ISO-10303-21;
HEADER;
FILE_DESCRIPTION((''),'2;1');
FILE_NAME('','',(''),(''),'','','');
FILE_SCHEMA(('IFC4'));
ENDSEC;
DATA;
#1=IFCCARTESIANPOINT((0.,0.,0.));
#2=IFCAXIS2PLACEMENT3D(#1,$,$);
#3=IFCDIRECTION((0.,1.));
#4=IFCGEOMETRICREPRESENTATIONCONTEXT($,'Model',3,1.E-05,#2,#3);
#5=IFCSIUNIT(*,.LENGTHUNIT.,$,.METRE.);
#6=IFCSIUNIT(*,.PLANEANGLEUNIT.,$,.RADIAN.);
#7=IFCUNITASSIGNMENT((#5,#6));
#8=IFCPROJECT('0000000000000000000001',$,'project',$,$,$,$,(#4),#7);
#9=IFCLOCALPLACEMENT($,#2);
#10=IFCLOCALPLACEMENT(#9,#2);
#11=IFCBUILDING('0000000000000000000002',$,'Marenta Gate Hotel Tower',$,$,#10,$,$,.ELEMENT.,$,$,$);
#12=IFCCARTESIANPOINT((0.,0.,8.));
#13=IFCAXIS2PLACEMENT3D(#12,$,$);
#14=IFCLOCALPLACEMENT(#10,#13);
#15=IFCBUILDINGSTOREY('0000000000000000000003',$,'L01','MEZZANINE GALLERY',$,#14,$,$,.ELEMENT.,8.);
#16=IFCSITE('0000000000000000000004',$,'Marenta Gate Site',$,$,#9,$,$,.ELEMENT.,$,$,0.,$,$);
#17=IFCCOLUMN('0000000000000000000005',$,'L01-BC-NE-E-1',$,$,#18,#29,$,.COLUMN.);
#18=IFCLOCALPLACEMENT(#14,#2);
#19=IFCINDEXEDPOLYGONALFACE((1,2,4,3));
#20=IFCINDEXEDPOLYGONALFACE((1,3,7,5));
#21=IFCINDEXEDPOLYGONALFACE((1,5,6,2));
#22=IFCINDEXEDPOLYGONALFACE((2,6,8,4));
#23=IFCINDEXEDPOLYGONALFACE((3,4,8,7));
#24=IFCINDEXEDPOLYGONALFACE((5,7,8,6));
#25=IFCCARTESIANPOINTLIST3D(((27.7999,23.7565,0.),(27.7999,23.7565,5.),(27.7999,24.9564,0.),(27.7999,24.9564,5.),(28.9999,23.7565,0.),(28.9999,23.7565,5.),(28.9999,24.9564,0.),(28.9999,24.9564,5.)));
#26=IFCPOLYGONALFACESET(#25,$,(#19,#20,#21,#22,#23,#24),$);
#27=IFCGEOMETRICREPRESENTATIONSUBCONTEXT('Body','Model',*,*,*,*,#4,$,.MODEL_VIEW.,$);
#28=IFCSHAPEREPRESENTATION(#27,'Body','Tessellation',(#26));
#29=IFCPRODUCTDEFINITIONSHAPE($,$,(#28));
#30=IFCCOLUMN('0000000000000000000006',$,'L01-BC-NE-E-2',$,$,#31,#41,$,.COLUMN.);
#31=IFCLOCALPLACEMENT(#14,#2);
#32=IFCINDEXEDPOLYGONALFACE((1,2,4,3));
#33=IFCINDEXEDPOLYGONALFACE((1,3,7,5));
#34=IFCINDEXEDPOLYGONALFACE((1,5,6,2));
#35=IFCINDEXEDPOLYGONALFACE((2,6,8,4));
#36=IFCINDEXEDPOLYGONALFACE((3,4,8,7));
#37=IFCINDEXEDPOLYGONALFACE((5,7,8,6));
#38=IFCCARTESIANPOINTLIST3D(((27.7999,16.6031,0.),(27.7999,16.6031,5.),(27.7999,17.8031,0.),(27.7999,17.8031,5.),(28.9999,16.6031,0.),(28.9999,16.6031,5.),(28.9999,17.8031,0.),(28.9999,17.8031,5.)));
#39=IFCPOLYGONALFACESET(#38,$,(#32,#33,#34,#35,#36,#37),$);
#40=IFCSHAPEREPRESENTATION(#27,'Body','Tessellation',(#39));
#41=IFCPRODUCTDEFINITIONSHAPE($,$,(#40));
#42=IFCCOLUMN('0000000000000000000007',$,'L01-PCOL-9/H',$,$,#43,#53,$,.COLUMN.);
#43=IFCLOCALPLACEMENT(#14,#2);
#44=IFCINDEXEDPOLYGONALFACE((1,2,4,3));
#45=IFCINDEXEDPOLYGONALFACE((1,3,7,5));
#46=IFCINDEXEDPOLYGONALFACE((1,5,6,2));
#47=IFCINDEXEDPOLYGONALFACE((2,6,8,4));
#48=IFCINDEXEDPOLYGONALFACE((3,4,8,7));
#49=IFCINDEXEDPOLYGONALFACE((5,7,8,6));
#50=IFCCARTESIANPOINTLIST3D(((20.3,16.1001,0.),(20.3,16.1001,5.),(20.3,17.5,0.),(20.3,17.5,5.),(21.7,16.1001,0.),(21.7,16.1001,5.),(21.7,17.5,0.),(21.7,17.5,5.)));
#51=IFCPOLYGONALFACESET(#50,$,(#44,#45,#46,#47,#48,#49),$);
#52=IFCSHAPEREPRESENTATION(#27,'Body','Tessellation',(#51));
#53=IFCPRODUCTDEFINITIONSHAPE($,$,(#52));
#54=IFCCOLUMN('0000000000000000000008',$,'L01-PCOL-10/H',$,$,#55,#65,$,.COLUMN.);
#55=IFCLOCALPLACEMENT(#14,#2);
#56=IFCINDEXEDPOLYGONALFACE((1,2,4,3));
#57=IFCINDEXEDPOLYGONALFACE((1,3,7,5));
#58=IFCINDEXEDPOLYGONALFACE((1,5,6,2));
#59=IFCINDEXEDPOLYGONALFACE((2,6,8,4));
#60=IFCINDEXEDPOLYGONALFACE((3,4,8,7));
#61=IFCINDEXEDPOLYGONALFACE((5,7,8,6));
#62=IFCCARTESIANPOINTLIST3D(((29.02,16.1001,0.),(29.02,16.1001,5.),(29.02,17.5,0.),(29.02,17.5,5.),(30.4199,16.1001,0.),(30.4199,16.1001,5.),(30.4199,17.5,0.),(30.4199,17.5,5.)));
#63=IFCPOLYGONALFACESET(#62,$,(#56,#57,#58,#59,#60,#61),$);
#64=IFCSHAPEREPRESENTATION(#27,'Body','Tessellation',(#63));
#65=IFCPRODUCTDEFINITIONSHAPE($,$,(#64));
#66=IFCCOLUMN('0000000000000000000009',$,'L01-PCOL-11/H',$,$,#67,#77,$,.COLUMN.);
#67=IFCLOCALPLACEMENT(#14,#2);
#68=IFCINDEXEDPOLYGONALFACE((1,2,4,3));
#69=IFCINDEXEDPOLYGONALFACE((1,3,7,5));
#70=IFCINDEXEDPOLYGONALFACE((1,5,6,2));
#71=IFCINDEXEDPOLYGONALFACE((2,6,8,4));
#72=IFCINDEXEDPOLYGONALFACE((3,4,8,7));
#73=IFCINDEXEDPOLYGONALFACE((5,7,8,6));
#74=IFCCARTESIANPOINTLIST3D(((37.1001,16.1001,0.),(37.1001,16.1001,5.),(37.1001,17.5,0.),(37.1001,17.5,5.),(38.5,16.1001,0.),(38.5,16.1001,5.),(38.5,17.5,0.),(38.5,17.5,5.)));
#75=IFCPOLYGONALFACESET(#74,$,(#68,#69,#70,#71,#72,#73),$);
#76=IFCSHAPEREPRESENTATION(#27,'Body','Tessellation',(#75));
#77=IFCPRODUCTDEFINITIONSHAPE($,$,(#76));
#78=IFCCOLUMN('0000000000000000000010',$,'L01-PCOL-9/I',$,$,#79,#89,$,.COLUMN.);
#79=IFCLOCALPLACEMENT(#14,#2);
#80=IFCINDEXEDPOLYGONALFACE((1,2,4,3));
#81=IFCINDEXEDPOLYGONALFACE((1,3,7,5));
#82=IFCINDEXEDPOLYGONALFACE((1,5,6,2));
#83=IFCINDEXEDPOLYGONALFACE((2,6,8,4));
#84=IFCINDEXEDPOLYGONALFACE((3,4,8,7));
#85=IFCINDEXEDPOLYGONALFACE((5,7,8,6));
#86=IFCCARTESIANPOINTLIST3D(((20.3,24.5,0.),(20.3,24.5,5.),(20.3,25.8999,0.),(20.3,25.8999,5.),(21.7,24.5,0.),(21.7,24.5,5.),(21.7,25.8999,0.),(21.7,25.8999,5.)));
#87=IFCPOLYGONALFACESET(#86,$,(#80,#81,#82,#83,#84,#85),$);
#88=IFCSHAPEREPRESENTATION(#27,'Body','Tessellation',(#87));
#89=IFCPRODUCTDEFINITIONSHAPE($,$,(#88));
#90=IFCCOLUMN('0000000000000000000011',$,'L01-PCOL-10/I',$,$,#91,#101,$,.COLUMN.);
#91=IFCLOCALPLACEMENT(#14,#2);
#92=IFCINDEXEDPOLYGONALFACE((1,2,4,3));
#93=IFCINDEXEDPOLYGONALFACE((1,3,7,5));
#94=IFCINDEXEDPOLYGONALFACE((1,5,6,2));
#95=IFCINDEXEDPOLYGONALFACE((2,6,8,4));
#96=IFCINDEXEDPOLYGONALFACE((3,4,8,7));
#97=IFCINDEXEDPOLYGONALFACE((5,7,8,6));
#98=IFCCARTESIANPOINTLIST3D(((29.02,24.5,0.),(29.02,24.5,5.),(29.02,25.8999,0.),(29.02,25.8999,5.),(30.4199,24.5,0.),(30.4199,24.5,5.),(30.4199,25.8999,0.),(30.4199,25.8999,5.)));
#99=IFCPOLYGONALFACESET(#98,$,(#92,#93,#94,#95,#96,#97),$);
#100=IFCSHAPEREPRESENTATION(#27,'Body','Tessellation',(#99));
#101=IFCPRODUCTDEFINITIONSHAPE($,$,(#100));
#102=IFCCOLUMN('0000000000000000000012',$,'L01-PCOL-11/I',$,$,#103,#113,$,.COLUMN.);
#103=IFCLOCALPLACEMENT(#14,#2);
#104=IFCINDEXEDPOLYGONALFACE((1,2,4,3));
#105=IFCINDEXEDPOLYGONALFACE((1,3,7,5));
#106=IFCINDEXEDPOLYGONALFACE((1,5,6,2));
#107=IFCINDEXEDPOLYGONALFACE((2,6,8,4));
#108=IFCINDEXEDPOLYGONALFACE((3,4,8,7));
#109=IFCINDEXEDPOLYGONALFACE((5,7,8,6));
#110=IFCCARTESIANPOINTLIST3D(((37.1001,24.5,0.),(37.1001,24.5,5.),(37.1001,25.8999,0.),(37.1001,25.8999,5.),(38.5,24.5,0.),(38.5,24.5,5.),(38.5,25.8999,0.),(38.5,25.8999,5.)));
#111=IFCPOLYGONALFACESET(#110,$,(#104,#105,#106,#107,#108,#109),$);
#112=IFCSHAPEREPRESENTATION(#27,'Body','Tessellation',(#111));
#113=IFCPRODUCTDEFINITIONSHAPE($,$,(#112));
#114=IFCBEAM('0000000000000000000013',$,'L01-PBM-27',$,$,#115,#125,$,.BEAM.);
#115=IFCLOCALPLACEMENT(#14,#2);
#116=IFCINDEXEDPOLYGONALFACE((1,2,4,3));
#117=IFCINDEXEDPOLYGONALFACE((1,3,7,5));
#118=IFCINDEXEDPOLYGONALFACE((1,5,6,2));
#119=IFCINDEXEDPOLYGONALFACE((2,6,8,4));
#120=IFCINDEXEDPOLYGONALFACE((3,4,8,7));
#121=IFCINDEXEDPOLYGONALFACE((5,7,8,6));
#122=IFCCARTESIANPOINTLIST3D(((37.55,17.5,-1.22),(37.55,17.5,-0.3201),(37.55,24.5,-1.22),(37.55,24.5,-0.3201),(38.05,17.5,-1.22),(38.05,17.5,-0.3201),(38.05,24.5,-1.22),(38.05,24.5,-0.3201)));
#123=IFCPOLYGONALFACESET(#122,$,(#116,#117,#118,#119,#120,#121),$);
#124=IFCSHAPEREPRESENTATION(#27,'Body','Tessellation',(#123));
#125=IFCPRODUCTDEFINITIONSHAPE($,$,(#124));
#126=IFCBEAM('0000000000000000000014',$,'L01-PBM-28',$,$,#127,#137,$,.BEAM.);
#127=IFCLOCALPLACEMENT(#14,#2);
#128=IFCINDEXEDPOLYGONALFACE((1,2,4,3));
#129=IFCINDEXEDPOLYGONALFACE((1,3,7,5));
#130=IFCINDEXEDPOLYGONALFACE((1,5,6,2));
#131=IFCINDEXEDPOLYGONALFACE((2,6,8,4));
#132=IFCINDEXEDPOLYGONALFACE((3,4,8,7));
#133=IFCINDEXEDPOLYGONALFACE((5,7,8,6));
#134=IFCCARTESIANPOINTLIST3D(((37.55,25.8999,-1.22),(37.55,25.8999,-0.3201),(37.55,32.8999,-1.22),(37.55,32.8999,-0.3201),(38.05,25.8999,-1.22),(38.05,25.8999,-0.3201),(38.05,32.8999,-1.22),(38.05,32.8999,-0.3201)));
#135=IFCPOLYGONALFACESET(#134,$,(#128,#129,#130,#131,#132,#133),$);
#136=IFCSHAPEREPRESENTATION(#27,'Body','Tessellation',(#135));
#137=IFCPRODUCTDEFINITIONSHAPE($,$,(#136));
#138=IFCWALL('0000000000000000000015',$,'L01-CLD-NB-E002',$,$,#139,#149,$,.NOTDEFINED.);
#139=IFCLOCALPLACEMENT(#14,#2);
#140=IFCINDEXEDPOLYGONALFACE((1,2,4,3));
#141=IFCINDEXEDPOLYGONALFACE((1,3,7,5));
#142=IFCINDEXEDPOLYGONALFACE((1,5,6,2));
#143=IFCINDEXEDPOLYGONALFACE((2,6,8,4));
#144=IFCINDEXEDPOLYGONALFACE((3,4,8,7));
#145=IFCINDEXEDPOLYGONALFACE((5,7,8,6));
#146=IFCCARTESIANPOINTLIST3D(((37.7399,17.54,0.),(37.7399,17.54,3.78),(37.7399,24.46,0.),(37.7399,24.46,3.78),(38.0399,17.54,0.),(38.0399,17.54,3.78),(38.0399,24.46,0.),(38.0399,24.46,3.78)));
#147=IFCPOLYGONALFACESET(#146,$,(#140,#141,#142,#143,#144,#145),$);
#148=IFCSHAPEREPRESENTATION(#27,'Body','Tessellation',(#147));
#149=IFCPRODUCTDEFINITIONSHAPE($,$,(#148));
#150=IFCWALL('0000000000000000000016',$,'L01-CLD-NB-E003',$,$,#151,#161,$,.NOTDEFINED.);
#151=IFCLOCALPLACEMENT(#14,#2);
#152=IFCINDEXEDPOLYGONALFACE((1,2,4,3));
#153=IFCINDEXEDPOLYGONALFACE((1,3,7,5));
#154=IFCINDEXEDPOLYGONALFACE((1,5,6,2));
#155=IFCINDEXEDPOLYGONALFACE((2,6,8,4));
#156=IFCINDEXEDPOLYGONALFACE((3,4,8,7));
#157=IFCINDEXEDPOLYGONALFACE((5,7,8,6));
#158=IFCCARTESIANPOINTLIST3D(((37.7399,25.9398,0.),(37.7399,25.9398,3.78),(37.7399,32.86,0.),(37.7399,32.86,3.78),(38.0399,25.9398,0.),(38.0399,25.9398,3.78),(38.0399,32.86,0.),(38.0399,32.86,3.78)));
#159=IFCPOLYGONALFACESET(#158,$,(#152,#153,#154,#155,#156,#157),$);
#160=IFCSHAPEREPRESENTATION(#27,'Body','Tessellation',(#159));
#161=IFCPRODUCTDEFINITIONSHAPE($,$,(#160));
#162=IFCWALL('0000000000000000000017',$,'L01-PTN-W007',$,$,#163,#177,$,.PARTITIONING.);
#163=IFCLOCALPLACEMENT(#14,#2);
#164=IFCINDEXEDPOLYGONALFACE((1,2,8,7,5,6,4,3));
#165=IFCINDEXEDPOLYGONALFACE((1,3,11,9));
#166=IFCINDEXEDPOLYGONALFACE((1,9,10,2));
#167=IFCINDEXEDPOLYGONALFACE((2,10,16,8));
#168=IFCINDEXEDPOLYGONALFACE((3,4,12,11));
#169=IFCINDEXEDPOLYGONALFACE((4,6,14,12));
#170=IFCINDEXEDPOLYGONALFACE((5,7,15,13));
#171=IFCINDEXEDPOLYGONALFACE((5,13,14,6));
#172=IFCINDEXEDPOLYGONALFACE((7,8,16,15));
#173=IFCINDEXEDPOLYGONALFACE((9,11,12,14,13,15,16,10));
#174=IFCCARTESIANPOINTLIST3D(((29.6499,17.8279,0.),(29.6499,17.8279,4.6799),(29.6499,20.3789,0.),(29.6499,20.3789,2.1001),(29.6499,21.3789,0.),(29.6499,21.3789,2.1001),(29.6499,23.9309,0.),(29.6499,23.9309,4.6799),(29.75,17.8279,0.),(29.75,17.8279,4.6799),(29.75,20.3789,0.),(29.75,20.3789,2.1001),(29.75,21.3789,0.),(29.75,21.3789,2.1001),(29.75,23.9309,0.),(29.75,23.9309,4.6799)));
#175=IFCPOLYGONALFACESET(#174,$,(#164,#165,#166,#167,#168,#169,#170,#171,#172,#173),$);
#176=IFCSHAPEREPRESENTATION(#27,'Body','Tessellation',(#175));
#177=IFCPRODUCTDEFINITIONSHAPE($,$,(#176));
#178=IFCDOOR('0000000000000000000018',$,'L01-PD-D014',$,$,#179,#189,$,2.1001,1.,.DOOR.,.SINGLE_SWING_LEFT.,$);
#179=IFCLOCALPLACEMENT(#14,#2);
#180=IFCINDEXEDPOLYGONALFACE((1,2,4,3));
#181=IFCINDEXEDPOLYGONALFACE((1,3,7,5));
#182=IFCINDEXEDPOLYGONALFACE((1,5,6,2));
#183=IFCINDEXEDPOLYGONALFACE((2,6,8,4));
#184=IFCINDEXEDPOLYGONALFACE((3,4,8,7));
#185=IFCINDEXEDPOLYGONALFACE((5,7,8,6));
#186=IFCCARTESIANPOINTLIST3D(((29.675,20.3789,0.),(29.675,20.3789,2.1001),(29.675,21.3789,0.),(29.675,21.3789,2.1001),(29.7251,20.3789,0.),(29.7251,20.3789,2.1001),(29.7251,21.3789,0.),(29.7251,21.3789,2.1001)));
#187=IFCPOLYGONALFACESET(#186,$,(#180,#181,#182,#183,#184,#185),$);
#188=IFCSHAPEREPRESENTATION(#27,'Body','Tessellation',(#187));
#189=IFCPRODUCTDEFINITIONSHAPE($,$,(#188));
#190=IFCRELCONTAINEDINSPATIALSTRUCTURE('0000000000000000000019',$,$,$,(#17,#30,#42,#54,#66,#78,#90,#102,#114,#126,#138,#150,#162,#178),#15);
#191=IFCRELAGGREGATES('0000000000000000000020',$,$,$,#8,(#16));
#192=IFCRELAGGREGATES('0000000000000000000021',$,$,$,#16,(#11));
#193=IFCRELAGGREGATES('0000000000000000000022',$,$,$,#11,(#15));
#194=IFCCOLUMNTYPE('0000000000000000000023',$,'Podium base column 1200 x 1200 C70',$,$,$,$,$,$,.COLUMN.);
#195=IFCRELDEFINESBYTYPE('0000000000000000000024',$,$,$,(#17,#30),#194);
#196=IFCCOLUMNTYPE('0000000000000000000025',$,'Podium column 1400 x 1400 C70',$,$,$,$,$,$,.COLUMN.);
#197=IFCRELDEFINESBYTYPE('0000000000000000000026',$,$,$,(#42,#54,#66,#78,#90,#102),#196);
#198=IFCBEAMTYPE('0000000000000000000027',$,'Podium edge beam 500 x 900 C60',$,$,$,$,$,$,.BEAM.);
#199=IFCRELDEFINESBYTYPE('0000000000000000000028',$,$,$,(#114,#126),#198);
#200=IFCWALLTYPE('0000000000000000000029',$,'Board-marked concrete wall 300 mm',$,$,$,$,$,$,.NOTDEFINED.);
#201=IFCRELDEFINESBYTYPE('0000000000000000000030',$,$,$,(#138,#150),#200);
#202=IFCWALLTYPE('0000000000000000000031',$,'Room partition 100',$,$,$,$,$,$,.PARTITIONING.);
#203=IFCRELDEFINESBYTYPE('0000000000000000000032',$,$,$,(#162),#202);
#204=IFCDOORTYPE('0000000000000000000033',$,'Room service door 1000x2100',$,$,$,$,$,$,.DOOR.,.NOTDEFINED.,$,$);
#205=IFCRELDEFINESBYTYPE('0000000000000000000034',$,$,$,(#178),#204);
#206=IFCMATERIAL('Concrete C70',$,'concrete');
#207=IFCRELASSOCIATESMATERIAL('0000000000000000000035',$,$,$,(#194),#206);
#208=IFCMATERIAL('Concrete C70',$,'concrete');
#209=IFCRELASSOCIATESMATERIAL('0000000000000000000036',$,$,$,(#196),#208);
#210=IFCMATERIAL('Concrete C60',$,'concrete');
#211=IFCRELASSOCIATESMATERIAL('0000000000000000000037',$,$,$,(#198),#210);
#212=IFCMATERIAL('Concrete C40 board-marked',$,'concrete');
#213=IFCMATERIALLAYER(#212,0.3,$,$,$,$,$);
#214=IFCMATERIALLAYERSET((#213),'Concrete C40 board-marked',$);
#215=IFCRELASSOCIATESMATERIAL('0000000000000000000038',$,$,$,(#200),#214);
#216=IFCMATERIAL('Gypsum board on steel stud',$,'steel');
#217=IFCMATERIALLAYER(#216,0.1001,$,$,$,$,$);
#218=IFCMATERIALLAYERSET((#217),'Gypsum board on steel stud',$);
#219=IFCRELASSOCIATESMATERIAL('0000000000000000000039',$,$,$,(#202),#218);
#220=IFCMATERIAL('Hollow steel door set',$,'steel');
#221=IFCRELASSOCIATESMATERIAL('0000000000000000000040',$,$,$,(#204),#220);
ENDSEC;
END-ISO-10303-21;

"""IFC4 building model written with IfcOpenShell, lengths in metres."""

from ifc_helpers import new_model, si_unit, direction, frame, frame_2d, origin, origin_2d, place, context, subcontext, project, spatial, rectangle, extrude, material, layer, layer_set, material_profile, profile_set, type_object, element, fill, save


model = new_model("IFC4")

# Units and contexts
model_context = context("Model", 3, precision=1e-05, world=origin(), true_north=direction((0.0, 1.0)))
body_context = subcontext(model_context, "Body", "Model", "MODEL_VIEW")
ifc_project = project(units=[si_unit("LENGTHUNIT", "METRE"), si_unit("PLANEANGLEUNIT", "RADIAN")], contexts=[model_context])

# Site, building, storey
site_placement = place(None, origin())
site = spatial("IfcSite", under=ifc_project, at=site_placement, Name="Marenta Gate Site", CompositionType="ELEMENT", RefElevation=0.0)
building_placement = place(site_placement, origin())
building = spatial("IfcBuilding", under=site, at=building_placement, Name="Marenta Gate Hotel Tower", CompositionType="ELEMENT")
storey_placement = place(building_placement, frame((0.0, 0.0, 8.0)))
storey = spatial("IfcBuildingStorey", under=building, at=storey_placement, Name="L01", Description="MEZZANINE GALLERY", CompositionType="ELEMENT", Elevation=8.0)

# Columns
ifc_material_1 = material(Name="Concrete C70", Category="concrete")
ifc_material_profile_1 = material_profile(ifc_material_1, rectangle(XDim=1.2, YDim=1.2, at=origin_2d()), Name="1200 x 1200")
ifc_profile_set_1 = profile_set([ifc_material_profile_1], Name="Concrete C70")
column_type_1 = type_object("IfcColumnType", Name="Podium base column 1200 x 1200 C70", PredefinedType="COLUMN", material=ifc_profile_set_1)
for number, where, z_axis, x_axis, name in (
    (1, (28.3999, 24.3564, 0.0), (0.0, 0.0, 1.0), (1.0, 0.0, 0.0), "L01-BC-NE-E-1"),
    (2, (28.3999, 17.2031, 0.0), (0.0, 0.0, 1.0), (1.0, 0.0, 0.0), "L01-BC-NE-E-2"),
):
    element("IfcColumn", number, at=place(storey_placement, frame(where, z_axis=z_axis, x_axis=x_axis)), inside=storey, type_object=column_type_1, Name=name, PredefinedType="COLUMN", context=body_context, shape_type="SweptSolid", body=[
        extrude(rectangle(XDim=1.2, YDim=1.2, at=origin_2d()), origin(), (0.0, 0.0, 1.0), 5.0),
    ])
ifc_material_2 = material(Name="Concrete C70", Category="concrete")
ifc_material_profile_2 = material_profile(ifc_material_2, rectangle(XDim=1.3999, YDim=1.3999, at=origin_2d()), Name="1400 x 1400")
ifc_profile_set_2 = profile_set([ifc_material_profile_2], Name="Concrete C70")
column_type_2 = type_object("IfcColumnType", Name="Podium column 1400 x 1400 C70", PredefinedType="COLUMN", material=ifc_profile_set_2)
for number, where, z_axis, x_axis, name in (
    (3, (21.0, 16.8, 0.0), (0.0, 0.0, 1.0), (1.0, 0.0, 0.0), "L01-PCOL-9/H"),
    (4, (29.72, 16.8, 0.0), (0.0, 0.0, 1.0), (1.0, 0.0, 0.0), "L01-PCOL-10/H"),
    (5, (37.8, 16.8, 0.0), (0.0, 0.0, 1.0), (1.0, 0.0, 0.0), "L01-PCOL-11/H"),
    (6, (21.0, 25.2, 0.0), (0.0, 0.0, 1.0), (1.0, 0.0, 0.0), "L01-PCOL-9/I"),
    (7, (29.72, 25.2, 0.0), (0.0, 0.0, 1.0), (1.0, 0.0, 0.0), "L01-PCOL-10/I"),
    (8, (37.8, 25.2, 0.0), (0.0, 0.0, 1.0), (1.0, 0.0, 0.0), "L01-PCOL-11/I"),
):
    element("IfcColumn", number, at=place(storey_placement, frame(where, z_axis=z_axis, x_axis=x_axis)), inside=storey, type_object=column_type_2, Name=name, PredefinedType="COLUMN", context=body_context, shape_type="SweptSolid", body=[
        extrude(rectangle(XDim=1.3999, YDim=1.3999, at=origin_2d()), origin(), (0.0, 0.0, 1.0), 5.0),
    ])

# Beams
ifc_material_3 = material(Name="Concrete C60", Category="concrete")
ifc_material_profile_3 = material_profile(ifc_material_3, rectangle(XDim=0.5, YDim=0.8999, at=origin_2d()), Name="500 x 900")
ifc_profile_set_3 = profile_set([ifc_material_profile_3], Name="Concrete C60")
beam_type = type_object("IfcBeamType", Name="Podium edge beam 500 x 900 C60", PredefinedType="BEAM", material=ifc_profile_set_3)
for number, where, z_axis, x_axis, name in (
    (9, (37.8, 17.5, -0.77), (0.0, 1.0, 0.0), (-1.0, 0.0, 0.0), "L01-PBM-27"),
    (10, (37.8, 25.8999, -0.77), (0.0, 1.0, 0.0), (-1.0, 0.0, 0.0), "L01-PBM-28"),
):
    element("IfcBeam", number, at=place(storey_placement, frame(where, z_axis=z_axis, x_axis=x_axis)), inside=storey, type_object=beam_type, Name=name, PredefinedType="BEAM", context=body_context, shape_type="SweptSolid", body=[
        extrude(rectangle(XDim=0.5, YDim=0.8999, at=origin_2d()), origin(), (0.0, 0.0, 1.0), 7.0),
    ])

# Walls
ifc_material_4 = material(Name="Concrete C40 board-marked", Category="concrete")
ifc_layer_1 = layer(ifc_material_4, 0.3)
ifc_layer_set_1 = layer_set([ifc_layer_1], Name="Concrete C40 board-marked")
wall_type_1 = type_object("IfcWallType", Name="Board-marked concrete wall 300 mm", PredefinedType="NOTDEFINED", material=ifc_layer_set_1)
wall_1_placement = place(storey_placement, frame((37.8899, 17.54, 0.0), z_axis=(0.0, 0.0, 1.0), x_axis=(0.0, 1.0, 0.0)))
element("IfcWall", 11, at=wall_1_placement, inside=storey, type_object=wall_type_1, Name="L01-CLD-NB-E002", PredefinedType="NOTDEFINED", context=body_context, shape_type="SweptSolid", body=[
    extrude(rectangle(XDim=6.9199, YDim=0.3, at=frame_2d((3.46, 0.0))), origin(), (0.0, 0.0, 1.0), 3.78),
])
wall_2_placement = place(storey_placement, frame((37.8899, 25.9399, 0.0), z_axis=(0.0, 0.0, 1.0), x_axis=(0.0, 1.0, 0.0)))
element("IfcWall", 12, at=wall_2_placement, inside=storey, type_object=wall_type_1, Name="L01-CLD-NB-E003", PredefinedType="NOTDEFINED", context=body_context, shape_type="SweptSolid", body=[
    extrude(rectangle(XDim=6.9202, YDim=0.3, at=frame_2d((3.46, 0.0))), origin(), (0.0, 0.0, 1.0), 3.78),
])

# Wall, opening, door
ifc_material_5 = material(Name="Gypsum board on steel stud", Category="steel")
ifc_layer_2 = layer(ifc_material_5, 0.1001)
ifc_layer_set_2 = layer_set([ifc_layer_2], Name="Gypsum board on steel stud")
wall_type_2 = type_object("IfcWallType", Name="Room partition 100", PredefinedType="PARTITIONING", material=ifc_layer_set_2)
wall_3_placement = place(storey_placement, frame((29.7, 17.8279, 0.0), z_axis=(0.0, 0.0, 1.0), x_axis=(0.0, 1.0, 0.0)))
wall_3 = element("IfcWall", 13, at=wall_3_placement, inside=storey, type_object=wall_type_2, Name="L01-PTN-W007", PredefinedType="PARTITIONING", context=body_context, shape_type="SweptSolid", body=[
    extrude(rectangle(XDim=6.103, YDim=0.1001, at=frame_2d((3.0515, 0.0))), origin(), (0.0, 0.0, 1.0), 4.6799),
])
opening_1_placement = place(wall_3_placement, frame((2.551, 0.0, 0.0)))
opening_1 = element("IfcOpeningElement", 14, at=opening_1_placement, cuts=wall_3, PredefinedType="OPENING", context=body_context, shape_type="SweptSolid", body=[
    extrude(rectangle(XDim=1.0, YDim=2.1001, at=frame_2d((0.5, 1.05))), frame((0.0, 0.05, 0.0), z_axis=(0.0, -1.0, 0.0), x_axis=(1.0, 0.0, 0.0)), (0.0, 0.0, 1.0), 0.1001),
])
ifc_material_6 = material(Name="Hollow steel door set", Category="steel")
door_type_1 = type_object("IfcDoorType", Name="Room service door 1000x2100", OperationType="NOTDEFINED", PredefinedType="DOOR", material=ifc_material_6)
door_1_placement = place(opening_1_placement, origin())
door_1 = element("IfcDoor", 15, at=door_1_placement, inside=storey, type_object=door_type_1, Name="L01-PD-D014", OperationType="SINGLE_SWING_LEFT", OverallHeight=2.1001, OverallWidth=1.0, PredefinedType="DOOR", context=body_context, shape_type="SweptSolid", body=[
    extrude(rectangle(XDim=1.0, YDim=2.1001, at=frame_2d((0.5, 1.05))), frame((0.0, 0.0249, 0.0), z_axis=(0.0, -1.0, 0.0), x_axis=(1.0, 0.0, 0.0)), (0.0, 0.0, 1.0), 0.05),
])
fill(opening_1, door_1)

save(model, "model.ifc")
